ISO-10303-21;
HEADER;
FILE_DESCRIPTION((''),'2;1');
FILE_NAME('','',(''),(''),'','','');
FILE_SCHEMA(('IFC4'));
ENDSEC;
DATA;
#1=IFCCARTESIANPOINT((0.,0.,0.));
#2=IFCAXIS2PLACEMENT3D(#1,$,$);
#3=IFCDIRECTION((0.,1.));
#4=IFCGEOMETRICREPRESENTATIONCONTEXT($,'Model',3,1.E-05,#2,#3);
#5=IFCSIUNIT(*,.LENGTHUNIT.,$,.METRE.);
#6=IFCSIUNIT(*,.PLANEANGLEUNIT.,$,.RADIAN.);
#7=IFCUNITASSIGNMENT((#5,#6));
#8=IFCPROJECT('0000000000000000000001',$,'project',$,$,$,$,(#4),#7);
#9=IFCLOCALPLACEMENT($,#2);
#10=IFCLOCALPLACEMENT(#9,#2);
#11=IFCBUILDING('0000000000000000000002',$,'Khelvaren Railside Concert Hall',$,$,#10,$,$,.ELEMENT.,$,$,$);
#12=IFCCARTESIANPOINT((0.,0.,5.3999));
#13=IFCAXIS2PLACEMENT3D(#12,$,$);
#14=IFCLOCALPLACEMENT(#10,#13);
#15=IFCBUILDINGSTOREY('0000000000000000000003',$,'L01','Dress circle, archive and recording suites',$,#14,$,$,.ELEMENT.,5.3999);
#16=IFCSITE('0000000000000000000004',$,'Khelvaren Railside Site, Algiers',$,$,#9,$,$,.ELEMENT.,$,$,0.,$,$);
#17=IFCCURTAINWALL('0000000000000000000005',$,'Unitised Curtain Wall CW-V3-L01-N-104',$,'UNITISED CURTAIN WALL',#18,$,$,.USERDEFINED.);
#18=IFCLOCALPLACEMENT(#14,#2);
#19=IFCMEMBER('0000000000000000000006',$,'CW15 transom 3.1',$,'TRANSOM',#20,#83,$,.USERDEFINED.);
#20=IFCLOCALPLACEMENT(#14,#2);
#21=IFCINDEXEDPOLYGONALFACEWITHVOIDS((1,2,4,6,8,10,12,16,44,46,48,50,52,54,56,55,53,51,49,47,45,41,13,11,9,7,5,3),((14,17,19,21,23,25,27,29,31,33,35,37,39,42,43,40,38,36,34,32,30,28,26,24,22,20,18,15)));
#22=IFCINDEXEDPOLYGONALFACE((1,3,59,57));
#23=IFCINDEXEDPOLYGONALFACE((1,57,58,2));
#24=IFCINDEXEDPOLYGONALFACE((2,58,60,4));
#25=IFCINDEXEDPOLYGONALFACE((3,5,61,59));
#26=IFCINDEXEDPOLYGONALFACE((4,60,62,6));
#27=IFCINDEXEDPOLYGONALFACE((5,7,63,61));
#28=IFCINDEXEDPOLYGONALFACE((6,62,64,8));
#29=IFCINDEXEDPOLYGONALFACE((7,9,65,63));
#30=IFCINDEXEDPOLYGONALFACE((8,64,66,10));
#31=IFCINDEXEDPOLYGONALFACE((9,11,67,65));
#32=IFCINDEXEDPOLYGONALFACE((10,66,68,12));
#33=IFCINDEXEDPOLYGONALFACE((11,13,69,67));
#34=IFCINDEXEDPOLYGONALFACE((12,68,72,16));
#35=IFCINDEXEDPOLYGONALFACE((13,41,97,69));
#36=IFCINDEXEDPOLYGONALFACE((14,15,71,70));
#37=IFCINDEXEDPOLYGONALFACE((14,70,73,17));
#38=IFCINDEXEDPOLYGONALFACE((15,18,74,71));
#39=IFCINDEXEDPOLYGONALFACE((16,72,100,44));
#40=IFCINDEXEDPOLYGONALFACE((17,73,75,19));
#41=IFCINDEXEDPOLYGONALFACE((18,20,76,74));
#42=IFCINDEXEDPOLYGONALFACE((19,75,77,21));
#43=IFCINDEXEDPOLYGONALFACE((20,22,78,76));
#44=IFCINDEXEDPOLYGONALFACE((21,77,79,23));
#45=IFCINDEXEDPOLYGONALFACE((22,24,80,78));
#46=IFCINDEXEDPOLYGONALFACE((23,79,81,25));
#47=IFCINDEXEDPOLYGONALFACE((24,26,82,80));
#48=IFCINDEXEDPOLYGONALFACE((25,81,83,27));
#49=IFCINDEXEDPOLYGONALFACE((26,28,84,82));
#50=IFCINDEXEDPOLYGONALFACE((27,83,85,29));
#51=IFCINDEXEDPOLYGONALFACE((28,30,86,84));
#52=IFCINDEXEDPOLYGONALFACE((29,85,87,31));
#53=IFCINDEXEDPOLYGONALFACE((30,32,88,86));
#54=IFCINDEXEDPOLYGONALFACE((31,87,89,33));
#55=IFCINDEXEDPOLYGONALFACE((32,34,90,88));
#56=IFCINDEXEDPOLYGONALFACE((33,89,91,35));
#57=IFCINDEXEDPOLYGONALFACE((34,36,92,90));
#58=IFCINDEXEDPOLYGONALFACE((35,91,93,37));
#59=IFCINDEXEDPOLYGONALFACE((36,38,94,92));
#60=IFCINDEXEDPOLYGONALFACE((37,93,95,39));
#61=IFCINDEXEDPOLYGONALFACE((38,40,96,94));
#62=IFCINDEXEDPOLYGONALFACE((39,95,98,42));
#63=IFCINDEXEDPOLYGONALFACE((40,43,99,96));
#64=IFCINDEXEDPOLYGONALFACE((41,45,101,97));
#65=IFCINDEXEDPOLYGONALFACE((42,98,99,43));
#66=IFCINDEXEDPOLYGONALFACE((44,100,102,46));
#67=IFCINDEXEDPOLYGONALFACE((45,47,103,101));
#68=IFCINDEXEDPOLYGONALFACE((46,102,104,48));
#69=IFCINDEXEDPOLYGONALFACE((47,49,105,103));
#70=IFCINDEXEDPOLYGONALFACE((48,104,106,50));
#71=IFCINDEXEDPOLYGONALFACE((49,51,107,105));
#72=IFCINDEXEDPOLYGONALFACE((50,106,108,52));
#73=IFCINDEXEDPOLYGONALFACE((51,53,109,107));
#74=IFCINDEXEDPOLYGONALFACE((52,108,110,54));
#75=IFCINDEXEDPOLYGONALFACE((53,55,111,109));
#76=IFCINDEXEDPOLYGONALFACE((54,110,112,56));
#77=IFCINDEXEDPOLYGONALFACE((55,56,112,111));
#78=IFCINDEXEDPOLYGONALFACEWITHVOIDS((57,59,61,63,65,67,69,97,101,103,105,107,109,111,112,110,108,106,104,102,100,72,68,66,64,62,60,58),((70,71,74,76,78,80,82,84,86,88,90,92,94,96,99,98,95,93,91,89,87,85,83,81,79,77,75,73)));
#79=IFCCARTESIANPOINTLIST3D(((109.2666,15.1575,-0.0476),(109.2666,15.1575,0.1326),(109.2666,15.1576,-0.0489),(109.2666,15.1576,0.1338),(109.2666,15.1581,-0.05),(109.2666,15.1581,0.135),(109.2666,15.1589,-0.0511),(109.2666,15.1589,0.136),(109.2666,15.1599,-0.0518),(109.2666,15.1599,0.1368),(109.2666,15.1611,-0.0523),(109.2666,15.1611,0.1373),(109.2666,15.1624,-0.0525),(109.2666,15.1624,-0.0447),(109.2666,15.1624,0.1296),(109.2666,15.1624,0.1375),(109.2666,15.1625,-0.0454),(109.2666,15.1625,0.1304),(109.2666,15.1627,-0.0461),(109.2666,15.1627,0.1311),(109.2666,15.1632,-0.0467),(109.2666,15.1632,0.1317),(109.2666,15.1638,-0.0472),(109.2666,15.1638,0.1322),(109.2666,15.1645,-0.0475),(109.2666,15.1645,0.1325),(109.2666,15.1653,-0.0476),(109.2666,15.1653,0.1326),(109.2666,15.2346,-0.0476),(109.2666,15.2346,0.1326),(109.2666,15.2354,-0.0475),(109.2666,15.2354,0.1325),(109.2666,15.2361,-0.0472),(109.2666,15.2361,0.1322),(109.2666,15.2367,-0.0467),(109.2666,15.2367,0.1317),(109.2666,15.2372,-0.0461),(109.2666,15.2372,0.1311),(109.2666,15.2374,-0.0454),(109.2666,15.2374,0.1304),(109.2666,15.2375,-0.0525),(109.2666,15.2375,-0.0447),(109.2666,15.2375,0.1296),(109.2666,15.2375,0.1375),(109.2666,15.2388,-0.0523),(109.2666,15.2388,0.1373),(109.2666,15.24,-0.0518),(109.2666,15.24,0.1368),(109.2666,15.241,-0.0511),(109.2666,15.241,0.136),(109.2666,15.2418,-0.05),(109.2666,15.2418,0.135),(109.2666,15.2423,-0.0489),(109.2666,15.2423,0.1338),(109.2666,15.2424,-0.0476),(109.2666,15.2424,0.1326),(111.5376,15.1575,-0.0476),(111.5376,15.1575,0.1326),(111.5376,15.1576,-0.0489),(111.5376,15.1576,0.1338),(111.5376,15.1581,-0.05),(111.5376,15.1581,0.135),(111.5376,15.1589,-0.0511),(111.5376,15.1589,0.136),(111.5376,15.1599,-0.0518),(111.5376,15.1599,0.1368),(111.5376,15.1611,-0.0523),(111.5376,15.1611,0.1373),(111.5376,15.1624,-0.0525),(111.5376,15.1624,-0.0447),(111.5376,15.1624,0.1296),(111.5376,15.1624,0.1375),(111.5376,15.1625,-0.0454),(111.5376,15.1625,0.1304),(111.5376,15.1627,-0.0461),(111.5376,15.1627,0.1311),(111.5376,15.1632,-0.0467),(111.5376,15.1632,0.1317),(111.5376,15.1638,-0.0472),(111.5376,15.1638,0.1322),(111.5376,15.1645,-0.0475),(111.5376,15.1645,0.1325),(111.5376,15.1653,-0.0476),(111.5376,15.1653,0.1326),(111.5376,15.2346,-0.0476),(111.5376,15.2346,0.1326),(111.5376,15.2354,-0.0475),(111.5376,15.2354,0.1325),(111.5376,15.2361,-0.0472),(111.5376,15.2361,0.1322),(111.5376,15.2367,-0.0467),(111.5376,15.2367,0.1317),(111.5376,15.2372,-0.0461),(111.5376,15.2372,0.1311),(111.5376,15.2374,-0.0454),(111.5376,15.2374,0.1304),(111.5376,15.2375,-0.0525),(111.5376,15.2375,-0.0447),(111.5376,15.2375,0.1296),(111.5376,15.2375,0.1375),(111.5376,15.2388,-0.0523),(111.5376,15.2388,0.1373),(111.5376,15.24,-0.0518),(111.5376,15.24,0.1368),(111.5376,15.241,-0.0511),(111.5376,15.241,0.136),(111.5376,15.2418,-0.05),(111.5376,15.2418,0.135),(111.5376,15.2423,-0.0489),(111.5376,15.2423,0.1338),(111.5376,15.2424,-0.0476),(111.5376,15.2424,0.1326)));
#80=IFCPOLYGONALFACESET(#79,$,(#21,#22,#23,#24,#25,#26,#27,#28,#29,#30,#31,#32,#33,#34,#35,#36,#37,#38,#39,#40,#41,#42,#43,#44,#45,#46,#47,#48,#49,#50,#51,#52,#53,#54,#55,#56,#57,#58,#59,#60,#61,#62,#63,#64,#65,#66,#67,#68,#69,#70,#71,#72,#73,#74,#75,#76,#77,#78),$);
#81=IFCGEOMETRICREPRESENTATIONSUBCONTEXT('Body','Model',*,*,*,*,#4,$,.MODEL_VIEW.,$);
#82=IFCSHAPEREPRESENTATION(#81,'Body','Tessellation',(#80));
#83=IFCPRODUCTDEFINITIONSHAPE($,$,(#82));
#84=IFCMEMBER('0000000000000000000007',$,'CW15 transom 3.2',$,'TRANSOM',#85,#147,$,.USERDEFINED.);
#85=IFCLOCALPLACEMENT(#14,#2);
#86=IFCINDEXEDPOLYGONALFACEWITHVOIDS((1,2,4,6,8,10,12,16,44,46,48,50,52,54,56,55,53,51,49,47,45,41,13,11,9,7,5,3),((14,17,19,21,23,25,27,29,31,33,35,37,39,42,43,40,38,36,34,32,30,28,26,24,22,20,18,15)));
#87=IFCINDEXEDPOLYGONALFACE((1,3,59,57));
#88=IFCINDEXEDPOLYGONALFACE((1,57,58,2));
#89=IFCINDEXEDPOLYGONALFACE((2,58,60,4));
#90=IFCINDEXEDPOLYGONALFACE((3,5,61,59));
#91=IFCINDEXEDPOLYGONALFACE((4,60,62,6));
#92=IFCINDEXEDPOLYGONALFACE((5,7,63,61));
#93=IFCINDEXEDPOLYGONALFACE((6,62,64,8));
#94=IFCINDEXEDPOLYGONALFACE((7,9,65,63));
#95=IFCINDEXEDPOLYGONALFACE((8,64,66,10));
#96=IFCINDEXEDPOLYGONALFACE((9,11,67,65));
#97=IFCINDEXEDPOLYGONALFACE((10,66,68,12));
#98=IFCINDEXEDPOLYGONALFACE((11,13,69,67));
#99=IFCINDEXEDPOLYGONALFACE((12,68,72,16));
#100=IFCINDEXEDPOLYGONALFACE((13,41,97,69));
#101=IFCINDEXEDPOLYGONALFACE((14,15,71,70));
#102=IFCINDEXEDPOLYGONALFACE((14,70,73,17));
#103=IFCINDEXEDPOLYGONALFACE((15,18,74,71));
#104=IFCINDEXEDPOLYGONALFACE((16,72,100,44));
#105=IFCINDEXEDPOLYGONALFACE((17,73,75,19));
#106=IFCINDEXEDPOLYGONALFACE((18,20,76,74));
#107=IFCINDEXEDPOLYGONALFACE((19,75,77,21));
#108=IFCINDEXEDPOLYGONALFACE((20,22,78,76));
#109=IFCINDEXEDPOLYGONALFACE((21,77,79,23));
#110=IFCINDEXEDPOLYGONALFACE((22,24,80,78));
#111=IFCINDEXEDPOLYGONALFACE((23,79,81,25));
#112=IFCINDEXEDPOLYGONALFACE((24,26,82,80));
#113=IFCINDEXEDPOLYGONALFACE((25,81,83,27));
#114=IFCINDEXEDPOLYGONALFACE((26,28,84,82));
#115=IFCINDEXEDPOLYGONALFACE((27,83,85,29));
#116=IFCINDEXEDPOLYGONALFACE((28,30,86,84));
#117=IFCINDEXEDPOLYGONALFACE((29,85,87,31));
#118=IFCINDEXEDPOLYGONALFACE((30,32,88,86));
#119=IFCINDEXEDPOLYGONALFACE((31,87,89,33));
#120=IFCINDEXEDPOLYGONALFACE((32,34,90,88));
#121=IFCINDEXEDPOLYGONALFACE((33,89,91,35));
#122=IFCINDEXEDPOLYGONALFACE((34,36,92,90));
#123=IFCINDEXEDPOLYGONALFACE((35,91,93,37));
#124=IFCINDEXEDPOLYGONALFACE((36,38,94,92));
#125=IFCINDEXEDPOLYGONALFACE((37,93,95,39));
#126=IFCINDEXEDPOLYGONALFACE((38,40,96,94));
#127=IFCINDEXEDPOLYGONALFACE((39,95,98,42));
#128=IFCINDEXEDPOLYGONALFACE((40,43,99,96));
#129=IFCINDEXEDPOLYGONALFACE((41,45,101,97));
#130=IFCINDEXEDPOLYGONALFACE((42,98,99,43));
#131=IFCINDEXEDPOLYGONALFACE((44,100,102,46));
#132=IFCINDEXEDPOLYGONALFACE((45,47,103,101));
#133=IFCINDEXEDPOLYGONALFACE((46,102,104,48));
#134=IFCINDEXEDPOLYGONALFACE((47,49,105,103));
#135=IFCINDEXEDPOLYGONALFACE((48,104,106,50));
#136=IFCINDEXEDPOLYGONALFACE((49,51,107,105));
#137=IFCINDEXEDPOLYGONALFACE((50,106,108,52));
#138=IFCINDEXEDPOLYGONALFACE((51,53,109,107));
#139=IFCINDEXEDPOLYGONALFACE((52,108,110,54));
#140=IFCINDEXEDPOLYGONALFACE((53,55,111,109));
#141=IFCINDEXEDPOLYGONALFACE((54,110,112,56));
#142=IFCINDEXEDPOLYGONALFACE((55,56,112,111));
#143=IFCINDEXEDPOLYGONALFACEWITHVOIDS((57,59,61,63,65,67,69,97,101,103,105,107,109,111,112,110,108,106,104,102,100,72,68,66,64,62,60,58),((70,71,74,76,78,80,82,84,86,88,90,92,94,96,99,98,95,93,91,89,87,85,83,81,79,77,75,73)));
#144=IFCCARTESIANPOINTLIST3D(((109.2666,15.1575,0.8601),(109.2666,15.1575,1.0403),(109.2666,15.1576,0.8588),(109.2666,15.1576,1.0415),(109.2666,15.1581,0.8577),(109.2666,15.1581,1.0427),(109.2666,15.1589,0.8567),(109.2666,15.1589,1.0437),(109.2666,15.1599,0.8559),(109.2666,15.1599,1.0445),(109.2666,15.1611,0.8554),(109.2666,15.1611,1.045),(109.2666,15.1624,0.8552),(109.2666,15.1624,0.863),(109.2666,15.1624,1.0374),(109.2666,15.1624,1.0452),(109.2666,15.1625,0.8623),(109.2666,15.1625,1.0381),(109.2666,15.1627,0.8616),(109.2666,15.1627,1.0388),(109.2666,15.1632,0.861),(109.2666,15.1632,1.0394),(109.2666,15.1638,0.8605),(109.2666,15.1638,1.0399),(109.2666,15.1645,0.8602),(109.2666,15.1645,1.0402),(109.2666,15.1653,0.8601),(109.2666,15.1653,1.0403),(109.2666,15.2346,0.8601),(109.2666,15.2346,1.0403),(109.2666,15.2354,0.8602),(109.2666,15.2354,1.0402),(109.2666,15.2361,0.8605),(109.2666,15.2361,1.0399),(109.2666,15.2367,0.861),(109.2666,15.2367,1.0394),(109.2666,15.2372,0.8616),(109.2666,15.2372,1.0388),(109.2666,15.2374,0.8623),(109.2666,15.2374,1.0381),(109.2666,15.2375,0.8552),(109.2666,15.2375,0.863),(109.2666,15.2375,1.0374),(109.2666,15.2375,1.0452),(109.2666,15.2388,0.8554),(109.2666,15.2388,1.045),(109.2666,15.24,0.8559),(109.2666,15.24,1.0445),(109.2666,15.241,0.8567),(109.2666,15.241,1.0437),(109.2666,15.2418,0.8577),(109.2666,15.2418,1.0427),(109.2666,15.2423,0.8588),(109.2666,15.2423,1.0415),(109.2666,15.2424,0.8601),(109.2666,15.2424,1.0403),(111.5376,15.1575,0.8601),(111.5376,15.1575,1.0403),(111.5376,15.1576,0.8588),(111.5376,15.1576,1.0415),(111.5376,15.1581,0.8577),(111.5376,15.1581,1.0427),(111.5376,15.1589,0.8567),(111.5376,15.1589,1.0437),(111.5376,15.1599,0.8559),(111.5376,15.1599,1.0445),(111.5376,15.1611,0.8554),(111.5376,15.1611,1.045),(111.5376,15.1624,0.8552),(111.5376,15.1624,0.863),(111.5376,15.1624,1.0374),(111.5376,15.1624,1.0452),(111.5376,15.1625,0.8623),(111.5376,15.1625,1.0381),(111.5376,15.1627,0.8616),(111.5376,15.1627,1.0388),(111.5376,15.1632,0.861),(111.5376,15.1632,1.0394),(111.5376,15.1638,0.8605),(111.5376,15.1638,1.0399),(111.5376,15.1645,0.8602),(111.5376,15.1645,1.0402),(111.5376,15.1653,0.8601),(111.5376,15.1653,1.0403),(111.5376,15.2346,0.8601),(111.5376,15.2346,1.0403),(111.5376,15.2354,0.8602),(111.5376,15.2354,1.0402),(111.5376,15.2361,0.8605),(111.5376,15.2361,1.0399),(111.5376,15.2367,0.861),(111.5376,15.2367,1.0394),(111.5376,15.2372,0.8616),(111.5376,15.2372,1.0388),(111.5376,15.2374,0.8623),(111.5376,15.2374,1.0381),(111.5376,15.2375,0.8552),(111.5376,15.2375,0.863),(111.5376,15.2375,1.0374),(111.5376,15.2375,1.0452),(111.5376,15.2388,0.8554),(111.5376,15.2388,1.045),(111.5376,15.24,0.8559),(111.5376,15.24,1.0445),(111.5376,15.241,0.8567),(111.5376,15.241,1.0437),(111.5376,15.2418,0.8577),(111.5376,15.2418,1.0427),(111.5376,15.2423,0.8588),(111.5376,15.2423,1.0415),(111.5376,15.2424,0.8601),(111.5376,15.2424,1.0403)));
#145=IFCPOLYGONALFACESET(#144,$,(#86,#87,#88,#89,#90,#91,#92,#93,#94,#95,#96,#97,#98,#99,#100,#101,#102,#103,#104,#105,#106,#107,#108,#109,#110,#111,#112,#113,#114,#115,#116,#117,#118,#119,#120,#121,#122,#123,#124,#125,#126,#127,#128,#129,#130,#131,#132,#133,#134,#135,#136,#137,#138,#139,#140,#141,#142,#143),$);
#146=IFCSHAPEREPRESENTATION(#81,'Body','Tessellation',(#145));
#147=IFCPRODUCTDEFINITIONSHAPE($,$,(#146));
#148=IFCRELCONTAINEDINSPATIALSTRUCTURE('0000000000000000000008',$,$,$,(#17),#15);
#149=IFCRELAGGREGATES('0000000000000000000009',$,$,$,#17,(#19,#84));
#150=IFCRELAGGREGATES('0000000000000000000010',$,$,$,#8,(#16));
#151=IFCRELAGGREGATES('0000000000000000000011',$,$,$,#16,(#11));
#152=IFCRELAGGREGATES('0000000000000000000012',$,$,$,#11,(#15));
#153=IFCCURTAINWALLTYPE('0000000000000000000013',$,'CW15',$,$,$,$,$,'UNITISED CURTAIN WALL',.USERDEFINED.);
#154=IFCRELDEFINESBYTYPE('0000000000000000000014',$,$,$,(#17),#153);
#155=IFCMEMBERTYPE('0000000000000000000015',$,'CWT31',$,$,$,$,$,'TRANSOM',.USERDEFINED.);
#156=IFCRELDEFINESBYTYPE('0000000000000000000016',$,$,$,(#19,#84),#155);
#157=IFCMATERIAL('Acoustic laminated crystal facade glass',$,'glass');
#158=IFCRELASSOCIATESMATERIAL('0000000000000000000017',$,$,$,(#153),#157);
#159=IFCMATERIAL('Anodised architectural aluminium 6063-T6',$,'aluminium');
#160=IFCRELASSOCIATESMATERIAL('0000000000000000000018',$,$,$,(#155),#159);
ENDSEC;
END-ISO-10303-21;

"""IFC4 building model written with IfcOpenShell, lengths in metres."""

from ifc_helpers import new_model, si_unit, direction, frame, origin, origin_2d, place, context, subcontext, project, spatial, hollow_rectangle, extrude, material, material_profile, profile_set, type_object, element, aggregate, save


model = new_model("IFC4")

# Units and contexts
model_context = context("Model", 3, precision=1e-05, world=origin(), true_north=direction((0.0, 1.0)))
body_context = subcontext(model_context, "Body", "Model", "MODEL_VIEW")
ifc_project = project(units=[si_unit("LENGTHUNIT", "METRE"), si_unit("PLANEANGLEUNIT", "RADIAN")], contexts=[model_context])

# Site, building, storey
site_placement = place(None, origin())
site = spatial("IfcSite", under=ifc_project, at=site_placement, Name="Khelvaren Railside Site, Algiers", CompositionType="ELEMENT", RefElevation=0.0)
building_placement = place(site_placement, origin())
building = spatial("IfcBuilding", under=site, at=building_placement, Name="Khelvaren Railside Concert Hall", CompositionType="ELEMENT")
storey_placement = place(building_placement, frame((0.0, 0.0, 5.3999)))
storey = spatial("IfcBuildingStorey", under=building, at=storey_placement, Name="L01", Description="Dress circle, archive and recording suites", CompositionType="ELEMENT", Elevation=5.3999)

# Curtain wall, members
ifc_material_1 = material(Name="Acoustic laminated crystal facade glass", Category="glass")
curtain_wall_type = type_object("IfcCurtainWallType", Name="CW15", ElementType="UNITISED CURTAIN WALL", PredefinedType="USERDEFINED", material=ifc_material_1)
curtain_wall_placement = place(storey_placement, origin())
curtain_wall = element("IfcCurtainWall", 1, at=curtain_wall_placement, inside=storey, type_object=curtain_wall_type, Name="Unitised Curtain Wall CW-V3-L01-N-104", ObjectType="UNITISED CURTAIN WALL", PredefinedType="USERDEFINED")
ifc_material_2 = material(Name="Anodised architectural aluminium 6063-T6", Category="aluminium")
ifc_material_profile_1 = material_profile(ifc_material_2, hollow_rectangle(XDim=0.085, YDim=0.1899, WallThickness=0.0049, InnerFilletRadius=0.0029, OuterFilletRadius=0.0049, at=origin_2d()), Name="CWT 85x190x5")
ifc_profile_set_1 = profile_set([ifc_material_profile_1], Name="Anodised architectural aluminium 6063-T6")
member_type_1 = type_object("IfcMemberType", Name="CWT31", ElementType="TRANSOM", PredefinedType="USERDEFINED", material=ifc_profile_set_1)
member_1_placement = place(storey_placement, frame((109.2666, 15.2, 0.0425), z_axis=(1.0, 0.0, 0.0), x_axis=(0.0, 1.0, 0.0)))
member_1 = element("IfcMember", 2, at=member_1_placement, type_object=member_type_1, Name="CW15 transom 3.1", ObjectType="TRANSOM", PredefinedType="USERDEFINED", context=body_context, shape_type="SweptSolid", body=[
    extrude(hollow_rectangle(XDim=0.085, YDim=0.1899, WallThickness=0.0049, InnerFilletRadius=0.0029, OuterFilletRadius=0.0049, at=origin_2d()), origin(), (0.0, 0.0, 1.0), 2.271),
])
member_2_placement = place(storey_placement, frame((109.2666, 15.2, 0.9502), z_axis=(1.0, 0.0, 0.0), x_axis=(0.0, 1.0, 0.0)))
member_2 = element("IfcMember", 3, at=member_2_placement, type_object=member_type_1, Name="CW15 transom 3.2", ObjectType="TRANSOM", PredefinedType="USERDEFINED", context=body_context, shape_type="SweptSolid", body=[
    extrude(hollow_rectangle(XDim=0.085, YDim=0.1899, WallThickness=0.0049, InnerFilletRadius=0.0029, OuterFilletRadius=0.0049, at=origin_2d()), origin(), (0.0, 0.0, 1.0), 2.271),
])

aggregate(curtain_wall, [member_1, member_2])

save(model, "model.ifc")
